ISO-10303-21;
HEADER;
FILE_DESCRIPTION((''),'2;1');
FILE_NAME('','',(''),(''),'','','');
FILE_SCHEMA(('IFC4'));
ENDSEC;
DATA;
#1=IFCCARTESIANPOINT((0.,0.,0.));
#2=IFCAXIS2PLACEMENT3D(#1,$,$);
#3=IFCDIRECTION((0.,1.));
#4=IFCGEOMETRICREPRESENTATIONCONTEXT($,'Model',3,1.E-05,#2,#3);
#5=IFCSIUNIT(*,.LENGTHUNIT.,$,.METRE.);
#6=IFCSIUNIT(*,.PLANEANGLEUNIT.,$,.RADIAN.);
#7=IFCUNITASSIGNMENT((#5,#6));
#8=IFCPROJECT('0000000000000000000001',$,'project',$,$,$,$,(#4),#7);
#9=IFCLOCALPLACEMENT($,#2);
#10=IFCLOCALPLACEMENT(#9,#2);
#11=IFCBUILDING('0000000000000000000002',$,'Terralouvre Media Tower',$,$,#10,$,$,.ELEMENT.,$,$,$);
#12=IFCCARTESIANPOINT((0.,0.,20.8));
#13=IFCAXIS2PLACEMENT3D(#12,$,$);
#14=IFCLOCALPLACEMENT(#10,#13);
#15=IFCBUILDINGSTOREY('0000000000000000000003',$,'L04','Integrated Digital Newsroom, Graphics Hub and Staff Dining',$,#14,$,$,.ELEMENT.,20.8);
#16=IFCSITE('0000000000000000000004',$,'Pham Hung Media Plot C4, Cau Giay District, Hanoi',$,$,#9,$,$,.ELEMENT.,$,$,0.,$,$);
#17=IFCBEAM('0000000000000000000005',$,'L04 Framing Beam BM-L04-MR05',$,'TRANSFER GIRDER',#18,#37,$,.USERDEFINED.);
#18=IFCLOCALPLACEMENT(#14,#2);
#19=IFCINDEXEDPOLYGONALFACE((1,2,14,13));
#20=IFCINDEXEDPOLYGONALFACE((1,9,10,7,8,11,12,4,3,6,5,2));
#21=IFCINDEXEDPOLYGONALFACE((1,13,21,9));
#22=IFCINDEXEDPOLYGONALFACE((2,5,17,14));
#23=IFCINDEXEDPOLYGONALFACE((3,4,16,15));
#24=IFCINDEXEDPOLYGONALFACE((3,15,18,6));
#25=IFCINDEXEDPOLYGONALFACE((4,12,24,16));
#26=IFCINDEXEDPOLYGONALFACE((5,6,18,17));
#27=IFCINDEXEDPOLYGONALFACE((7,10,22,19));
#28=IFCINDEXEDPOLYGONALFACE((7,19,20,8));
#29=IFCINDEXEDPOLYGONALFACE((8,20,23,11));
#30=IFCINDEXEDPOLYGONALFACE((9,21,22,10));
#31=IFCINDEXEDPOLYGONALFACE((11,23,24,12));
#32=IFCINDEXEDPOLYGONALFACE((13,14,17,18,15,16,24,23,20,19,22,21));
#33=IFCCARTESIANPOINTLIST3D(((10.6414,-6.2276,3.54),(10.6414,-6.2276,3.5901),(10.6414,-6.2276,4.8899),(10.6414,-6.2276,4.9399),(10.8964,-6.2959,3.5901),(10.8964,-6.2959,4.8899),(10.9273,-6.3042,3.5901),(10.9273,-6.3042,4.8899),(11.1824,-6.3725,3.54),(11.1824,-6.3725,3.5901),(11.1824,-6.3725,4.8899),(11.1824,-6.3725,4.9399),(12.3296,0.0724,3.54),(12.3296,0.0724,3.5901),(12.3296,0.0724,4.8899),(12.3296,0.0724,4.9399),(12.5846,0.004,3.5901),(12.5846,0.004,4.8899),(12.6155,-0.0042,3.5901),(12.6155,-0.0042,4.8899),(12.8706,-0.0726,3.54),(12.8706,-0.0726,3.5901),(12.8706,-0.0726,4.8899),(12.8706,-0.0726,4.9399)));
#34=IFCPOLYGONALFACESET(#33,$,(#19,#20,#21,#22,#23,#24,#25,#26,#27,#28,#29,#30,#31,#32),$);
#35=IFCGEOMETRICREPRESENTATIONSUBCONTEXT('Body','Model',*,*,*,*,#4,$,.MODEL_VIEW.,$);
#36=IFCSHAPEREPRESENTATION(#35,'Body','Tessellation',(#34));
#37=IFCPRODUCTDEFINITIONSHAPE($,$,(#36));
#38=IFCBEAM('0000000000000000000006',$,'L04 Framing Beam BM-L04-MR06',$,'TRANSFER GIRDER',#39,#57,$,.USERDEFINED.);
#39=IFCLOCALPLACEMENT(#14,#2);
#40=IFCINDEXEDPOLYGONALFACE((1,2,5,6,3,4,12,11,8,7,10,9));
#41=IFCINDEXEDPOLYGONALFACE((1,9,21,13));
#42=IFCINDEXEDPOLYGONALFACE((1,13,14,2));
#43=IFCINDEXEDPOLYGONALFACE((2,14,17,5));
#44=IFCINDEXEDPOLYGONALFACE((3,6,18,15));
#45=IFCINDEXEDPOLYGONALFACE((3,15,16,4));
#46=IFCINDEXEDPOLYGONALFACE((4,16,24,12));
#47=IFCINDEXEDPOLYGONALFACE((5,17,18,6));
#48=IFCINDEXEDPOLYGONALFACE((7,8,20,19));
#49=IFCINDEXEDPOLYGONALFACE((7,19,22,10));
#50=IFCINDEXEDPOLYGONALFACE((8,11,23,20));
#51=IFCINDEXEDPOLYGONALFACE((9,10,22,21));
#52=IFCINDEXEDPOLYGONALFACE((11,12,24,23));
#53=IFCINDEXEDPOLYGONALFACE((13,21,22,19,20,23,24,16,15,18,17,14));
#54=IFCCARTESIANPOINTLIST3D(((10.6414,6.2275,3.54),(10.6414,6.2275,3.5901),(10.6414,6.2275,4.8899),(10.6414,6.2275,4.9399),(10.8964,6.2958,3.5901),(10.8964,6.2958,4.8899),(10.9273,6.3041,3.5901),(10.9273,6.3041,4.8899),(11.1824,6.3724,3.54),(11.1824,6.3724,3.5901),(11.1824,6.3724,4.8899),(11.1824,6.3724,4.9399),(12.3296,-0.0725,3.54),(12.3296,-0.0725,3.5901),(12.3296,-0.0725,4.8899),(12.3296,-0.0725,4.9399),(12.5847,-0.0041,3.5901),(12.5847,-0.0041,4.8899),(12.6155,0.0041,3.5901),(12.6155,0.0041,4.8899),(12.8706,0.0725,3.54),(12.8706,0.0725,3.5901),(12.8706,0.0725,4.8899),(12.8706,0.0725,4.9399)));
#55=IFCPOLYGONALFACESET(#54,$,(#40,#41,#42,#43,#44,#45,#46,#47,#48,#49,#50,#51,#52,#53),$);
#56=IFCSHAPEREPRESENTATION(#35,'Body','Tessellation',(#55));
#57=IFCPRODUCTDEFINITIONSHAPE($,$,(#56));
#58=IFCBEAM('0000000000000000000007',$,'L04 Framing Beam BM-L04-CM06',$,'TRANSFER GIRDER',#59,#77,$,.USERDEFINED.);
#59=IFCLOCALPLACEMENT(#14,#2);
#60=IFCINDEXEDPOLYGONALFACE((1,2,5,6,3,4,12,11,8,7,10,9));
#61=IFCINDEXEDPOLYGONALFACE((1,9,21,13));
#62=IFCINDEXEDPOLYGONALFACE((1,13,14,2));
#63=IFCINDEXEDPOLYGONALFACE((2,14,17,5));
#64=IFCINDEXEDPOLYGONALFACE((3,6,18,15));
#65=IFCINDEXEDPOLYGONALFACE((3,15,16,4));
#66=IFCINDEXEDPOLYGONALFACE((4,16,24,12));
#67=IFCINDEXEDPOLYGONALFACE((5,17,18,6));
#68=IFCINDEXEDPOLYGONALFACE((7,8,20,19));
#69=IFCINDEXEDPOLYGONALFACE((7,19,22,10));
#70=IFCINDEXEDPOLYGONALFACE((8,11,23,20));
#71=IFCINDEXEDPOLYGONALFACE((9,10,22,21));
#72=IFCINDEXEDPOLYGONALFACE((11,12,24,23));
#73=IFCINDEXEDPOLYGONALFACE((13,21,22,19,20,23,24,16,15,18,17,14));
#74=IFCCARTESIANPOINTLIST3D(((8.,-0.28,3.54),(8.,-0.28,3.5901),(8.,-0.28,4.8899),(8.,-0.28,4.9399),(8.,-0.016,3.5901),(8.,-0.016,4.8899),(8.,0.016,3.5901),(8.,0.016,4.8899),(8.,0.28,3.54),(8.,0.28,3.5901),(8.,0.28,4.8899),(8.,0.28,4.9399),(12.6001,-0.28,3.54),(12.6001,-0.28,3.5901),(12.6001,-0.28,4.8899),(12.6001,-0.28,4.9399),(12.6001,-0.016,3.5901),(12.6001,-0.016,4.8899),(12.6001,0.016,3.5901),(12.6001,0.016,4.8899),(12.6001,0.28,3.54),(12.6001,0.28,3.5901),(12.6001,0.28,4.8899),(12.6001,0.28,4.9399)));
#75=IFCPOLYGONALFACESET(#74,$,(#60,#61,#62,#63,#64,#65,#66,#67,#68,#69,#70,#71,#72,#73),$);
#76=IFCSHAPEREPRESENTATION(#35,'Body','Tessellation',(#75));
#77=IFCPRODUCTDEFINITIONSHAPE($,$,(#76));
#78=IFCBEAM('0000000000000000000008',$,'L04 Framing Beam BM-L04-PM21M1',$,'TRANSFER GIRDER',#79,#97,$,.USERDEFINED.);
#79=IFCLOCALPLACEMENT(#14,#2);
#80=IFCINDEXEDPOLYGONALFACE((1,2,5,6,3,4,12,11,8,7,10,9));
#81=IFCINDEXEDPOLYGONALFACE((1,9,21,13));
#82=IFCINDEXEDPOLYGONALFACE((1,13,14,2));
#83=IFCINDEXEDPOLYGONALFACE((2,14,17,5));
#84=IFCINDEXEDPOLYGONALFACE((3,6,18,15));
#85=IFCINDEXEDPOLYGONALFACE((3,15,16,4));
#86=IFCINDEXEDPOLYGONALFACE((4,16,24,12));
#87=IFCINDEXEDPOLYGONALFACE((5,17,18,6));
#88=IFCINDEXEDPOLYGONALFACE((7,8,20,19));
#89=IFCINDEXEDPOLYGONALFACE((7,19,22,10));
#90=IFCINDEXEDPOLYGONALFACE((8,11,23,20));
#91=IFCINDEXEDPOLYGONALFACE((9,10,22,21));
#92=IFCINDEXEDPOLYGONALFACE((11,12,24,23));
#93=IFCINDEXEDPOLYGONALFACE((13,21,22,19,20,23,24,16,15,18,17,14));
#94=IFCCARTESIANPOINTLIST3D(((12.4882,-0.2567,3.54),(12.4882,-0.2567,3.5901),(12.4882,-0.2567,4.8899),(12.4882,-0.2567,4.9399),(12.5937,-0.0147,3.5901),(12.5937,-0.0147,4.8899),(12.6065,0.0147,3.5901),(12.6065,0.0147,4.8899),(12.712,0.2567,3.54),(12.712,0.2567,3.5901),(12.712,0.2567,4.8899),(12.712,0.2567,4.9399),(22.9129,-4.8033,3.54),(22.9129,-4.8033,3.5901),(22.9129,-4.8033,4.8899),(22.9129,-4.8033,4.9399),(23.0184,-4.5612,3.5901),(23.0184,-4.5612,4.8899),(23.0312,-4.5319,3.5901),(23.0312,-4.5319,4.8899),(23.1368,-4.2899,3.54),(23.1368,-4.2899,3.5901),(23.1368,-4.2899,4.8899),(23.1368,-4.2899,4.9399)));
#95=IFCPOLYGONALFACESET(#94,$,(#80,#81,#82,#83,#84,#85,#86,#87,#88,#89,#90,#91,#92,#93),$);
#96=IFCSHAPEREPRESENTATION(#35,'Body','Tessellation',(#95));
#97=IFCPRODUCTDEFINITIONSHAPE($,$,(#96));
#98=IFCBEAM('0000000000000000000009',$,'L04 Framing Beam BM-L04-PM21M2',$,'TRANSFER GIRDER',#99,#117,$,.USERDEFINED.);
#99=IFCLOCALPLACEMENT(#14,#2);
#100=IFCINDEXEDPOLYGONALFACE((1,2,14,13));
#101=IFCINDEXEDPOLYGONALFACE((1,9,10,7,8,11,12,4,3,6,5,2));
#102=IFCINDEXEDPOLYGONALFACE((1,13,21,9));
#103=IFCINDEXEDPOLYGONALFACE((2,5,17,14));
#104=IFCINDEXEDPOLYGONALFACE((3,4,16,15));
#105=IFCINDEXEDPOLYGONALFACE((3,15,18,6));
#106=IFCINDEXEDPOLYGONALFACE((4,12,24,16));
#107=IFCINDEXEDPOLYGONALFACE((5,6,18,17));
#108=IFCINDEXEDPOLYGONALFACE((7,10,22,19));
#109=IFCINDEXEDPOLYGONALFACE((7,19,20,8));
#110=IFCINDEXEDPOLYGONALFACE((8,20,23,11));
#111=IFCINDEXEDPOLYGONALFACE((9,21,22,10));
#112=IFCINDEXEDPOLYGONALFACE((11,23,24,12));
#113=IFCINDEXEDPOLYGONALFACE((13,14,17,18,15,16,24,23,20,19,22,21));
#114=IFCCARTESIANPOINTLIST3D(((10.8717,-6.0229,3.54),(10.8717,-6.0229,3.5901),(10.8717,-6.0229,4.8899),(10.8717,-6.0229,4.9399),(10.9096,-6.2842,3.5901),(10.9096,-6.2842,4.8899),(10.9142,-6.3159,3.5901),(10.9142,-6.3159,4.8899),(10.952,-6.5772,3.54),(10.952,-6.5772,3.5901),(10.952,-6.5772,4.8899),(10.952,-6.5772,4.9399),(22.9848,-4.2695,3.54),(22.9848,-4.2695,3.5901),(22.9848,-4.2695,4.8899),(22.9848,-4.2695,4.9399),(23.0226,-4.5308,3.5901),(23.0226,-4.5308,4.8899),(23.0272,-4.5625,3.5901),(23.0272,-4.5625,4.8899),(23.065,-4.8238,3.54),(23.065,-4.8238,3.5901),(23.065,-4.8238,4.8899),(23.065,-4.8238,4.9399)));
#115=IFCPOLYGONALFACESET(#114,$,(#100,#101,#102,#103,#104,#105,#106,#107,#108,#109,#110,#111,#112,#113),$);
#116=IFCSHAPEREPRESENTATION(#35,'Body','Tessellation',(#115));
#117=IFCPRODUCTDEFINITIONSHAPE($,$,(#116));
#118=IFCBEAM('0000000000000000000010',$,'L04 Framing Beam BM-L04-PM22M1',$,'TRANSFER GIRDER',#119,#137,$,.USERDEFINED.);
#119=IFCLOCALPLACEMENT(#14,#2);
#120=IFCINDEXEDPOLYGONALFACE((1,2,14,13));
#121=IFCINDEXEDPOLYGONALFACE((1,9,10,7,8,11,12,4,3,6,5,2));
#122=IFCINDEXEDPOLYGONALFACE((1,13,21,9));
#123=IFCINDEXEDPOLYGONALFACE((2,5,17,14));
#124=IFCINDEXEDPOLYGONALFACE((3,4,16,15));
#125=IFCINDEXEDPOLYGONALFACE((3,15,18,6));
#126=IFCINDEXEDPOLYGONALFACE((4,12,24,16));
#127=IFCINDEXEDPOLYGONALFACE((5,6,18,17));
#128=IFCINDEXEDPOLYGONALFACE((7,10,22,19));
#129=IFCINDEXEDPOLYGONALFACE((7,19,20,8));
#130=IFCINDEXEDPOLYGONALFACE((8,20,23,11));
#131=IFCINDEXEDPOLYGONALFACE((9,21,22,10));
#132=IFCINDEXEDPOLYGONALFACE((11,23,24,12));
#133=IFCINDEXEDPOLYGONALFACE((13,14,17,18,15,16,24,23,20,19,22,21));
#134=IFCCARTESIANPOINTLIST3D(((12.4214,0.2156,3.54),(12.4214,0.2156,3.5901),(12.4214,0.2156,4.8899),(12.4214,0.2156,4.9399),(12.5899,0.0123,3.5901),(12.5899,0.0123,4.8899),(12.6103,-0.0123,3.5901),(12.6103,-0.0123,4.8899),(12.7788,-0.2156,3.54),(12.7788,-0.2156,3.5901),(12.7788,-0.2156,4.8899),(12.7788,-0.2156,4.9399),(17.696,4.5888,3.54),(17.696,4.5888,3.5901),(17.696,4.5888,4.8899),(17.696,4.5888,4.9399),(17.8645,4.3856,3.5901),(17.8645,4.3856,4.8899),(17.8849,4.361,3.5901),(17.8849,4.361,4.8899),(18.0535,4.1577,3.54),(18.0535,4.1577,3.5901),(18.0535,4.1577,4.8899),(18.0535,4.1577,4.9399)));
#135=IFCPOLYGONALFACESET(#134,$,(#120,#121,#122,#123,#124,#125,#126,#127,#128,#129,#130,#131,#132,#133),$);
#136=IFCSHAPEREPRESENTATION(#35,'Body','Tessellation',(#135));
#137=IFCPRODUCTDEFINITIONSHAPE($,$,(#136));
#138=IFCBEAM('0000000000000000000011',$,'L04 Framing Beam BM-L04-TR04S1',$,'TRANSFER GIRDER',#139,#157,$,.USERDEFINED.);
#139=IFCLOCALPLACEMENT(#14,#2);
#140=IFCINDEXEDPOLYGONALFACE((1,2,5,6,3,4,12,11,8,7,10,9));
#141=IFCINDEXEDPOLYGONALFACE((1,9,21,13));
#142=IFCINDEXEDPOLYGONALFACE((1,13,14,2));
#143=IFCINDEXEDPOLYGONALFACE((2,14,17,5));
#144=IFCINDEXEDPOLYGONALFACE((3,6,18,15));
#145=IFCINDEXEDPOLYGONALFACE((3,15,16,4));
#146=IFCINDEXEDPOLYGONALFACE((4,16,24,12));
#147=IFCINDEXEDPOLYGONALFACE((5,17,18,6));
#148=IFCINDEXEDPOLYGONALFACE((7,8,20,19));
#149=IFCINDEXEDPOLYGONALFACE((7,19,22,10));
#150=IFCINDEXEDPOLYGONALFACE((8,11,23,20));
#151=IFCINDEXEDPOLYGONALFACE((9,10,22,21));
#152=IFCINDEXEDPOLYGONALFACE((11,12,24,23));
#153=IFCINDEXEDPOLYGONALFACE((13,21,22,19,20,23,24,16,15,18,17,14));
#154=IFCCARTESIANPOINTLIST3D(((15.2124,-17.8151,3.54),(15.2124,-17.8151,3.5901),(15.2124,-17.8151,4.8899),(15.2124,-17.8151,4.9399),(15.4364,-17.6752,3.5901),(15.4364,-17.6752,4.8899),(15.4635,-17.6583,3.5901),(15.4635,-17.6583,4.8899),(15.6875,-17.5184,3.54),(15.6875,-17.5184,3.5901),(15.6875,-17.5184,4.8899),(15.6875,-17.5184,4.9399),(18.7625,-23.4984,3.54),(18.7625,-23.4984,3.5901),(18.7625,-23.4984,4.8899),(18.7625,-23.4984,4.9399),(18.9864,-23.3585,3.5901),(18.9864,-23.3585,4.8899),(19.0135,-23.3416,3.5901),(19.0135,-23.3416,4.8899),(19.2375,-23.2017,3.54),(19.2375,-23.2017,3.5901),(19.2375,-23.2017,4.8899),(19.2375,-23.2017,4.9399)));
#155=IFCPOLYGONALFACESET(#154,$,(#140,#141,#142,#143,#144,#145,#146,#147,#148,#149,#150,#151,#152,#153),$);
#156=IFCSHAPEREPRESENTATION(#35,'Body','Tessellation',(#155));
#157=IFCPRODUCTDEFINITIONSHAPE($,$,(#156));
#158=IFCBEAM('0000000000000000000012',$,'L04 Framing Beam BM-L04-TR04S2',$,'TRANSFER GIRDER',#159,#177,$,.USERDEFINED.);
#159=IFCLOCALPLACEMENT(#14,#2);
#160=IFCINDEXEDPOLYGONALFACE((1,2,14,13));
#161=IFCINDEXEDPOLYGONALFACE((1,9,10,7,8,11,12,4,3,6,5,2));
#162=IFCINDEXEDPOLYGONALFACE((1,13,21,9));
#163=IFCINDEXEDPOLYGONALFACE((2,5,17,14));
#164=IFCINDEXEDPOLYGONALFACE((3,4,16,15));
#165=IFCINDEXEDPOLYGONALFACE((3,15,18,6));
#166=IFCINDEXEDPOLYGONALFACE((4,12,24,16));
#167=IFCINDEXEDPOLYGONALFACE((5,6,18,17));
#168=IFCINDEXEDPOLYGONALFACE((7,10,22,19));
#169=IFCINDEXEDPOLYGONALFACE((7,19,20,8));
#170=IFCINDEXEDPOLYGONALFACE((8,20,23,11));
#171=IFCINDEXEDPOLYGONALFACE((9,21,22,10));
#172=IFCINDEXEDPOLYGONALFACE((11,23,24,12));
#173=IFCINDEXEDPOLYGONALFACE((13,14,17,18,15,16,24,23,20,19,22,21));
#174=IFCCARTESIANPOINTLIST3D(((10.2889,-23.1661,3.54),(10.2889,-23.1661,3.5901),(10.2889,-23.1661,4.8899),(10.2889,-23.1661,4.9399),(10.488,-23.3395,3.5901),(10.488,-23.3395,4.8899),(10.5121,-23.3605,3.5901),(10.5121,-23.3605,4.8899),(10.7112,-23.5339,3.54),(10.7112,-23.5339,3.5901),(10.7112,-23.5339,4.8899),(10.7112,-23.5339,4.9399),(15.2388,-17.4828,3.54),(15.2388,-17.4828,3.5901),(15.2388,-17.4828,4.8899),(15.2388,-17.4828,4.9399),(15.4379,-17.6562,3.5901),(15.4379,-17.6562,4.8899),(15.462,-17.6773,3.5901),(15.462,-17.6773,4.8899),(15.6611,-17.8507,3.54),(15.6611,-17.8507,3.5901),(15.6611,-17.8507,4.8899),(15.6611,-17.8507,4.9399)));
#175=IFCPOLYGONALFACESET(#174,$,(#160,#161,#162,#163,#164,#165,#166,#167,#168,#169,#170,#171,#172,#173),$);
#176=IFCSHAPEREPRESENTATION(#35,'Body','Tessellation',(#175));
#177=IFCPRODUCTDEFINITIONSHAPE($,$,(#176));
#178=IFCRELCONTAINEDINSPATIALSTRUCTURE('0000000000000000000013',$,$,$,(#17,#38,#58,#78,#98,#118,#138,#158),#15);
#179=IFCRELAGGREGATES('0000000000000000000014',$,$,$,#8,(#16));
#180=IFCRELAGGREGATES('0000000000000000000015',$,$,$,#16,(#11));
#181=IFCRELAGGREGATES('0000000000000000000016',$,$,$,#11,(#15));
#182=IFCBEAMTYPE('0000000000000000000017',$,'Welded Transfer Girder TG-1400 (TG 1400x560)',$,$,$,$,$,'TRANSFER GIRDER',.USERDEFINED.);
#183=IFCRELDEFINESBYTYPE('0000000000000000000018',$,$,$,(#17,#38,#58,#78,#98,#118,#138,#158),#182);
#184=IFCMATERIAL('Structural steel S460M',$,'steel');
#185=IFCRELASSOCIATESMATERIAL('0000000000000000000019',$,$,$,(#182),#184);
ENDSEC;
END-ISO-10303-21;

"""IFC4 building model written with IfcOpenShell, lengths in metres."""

from ifc_helpers import new_model, si_unit, direction, frame, origin, origin_2d, place, context, subcontext, project, spatial, i_section, extrude, material, material_profile, profile_set, type_object, element, save


model = new_model("IFC4")

# Units and contexts
model_context = context("Model", 3, precision=1e-05, world=origin(), true_north=direction((0.0, 1.0)))
body_context = subcontext(model_context, "Body", "Model", "MODEL_VIEW")
ifc_project = project(units=[si_unit("LENGTHUNIT", "METRE"), si_unit("PLANEANGLEUNIT", "RADIAN")], contexts=[model_context])

# Site, building, storey
site_placement = place(None, origin())
site = spatial("IfcSite", under=ifc_project, at=site_placement, Name="Pham Hung Media Plot C4, Cau Giay District, Hanoi", CompositionType="ELEMENT", RefElevation=0.0)
building_placement = place(site_placement, origin())
building = spatial("IfcBuilding", under=site, at=building_placement, Name="Terralouvre Media Tower", CompositionType="ELEMENT")
storey_placement = place(building_placement, frame((0.0, 0.0, 20.8)))
storey = spatial("IfcBuildingStorey", under=building, at=storey_placement, Name="L04", Description="Integrated Digital Newsroom, Graphics Hub and Staff Dining", CompositionType="ELEMENT", Elevation=20.8)

# Beams
ifc_material_1 = material(Name="Structural steel S460M", Category="steel")
ifc_material_profile_1 = material_profile(ifc_material_1, i_section(OverallWidth=0.5601, OverallDepth=1.3999, WebThickness=0.032, FlangeThickness=0.05, at=origin_2d()), Name="TG 1400x560")
ifc_profile_set_1 = profile_set([ifc_material_profile_1], Name="Structural steel S460M")
beam_type_1 = type_object("IfcBeamType", Name="Welded Transfer Girder TG-1400 (TG 1400x560)", ElementType="TRANSFER GIRDER", PredefinedType="USERDEFINED", material=ifc_profile_set_1)
for number, where, z_axis, x_axis, name in (
    (1, (10.9119, -6.3, 4.24), (0.258839, 0.96592, 0.0), (-0.96592, 0.258839, 0.0), "L04 Framing Beam BM-L04-MR05"),
    (2, (12.6001, 0.0, 4.24), (-0.258839, 0.96592, 0.0), (-0.96592, -0.258839, 0.0), "L04 Framing Beam BM-L04-MR06"),
):
    element("IfcBeam", number, at=place(storey_placement, frame(where, z_axis=z_axis, x_axis=x_axis)), inside=storey, type_object=beam_type_1, Name=name, ObjectType="TRANSFER GIRDER", PredefinedType="USERDEFINED", context=body_context, shape_type="SweptSolid", body=[
        extrude(i_section(OverallWidth=0.5601, OverallDepth=1.3999, WebThickness=0.032, FlangeThickness=0.05, at=origin_2d()), origin(), (0.0, 0.0, 1.0), 6.5222),
    ])
beam_1_placement = place(storey_placement, frame((8.0, 0.0, 4.24), z_axis=(1.0, 0.0, 0.0), x_axis=(0.0, 1.0, 0.0)))
element("IfcBeam", 3, at=beam_1_placement, inside=storey, type_object=beam_type_1, Name="L04 Framing Beam BM-L04-CM06", ObjectType="TRANSFER GIRDER", PredefinedType="USERDEFINED", context=body_context, shape_type="SweptSolid", body=[
    extrude(i_section(OverallWidth=0.5601, OverallDepth=1.3999, WebThickness=0.032, FlangeThickness=0.05, at=origin_2d()), origin(), (0.0, 0.0, 1.0), 4.6001),
])
beam_2_placement = place(storey_placement, frame((12.6001, 0.0, 4.24), z_axis=(0.916616, -0.399769, 0.0), x_axis=(0.399769, 0.916616, 0.0)))
element("IfcBeam", 4, at=beam_2_placement, inside=storey, type_object=beam_type_1, Name="L04 Framing Beam BM-L04-PM21M1", ObjectType="TRANSFER GIRDER", PredefinedType="USERDEFINED", context=body_context, shape_type="SweptSolid", body=[
    extrude(i_section(OverallWidth=0.5601, OverallDepth=1.3999, WebThickness=0.032, FlangeThickness=0.05, at=origin_2d()), origin(), (0.0, 0.0, 1.0), 11.373),
])
beam_3_placement = place(storey_placement, frame((10.9119, -6.3, 4.24), z_axis=(0.989685, 0.143261, 0.0), x_axis=(-0.143261, 0.989685, 0.0)))
element("IfcBeam", 5, at=beam_3_placement, inside=storey, type_object=beam_type_1, Name="L04 Framing Beam BM-L04-PM21M2", ObjectType="TRANSFER GIRDER", PredefinedType="USERDEFINED", context=body_context, shape_type="SweptSolid", body=[
    extrude(i_section(OverallWidth=0.5601, OverallDepth=1.3999, WebThickness=0.032, FlangeThickness=0.05, at=origin_2d()), origin(), (0.0, 0.0, 1.0), 12.2393),
])
beam_4_placement = place(storey_placement, frame((12.6001, 0.0, 4.24), z_axis=(0.769816, 0.638265, 0.0), x_axis=(-0.638265, 0.769816, 0.0)))
element("IfcBeam", 6, at=beam_4_placement, inside=storey, type_object=beam_type_1, Name="L04 Framing Beam BM-L04-PM22M1", ObjectType="TRANSFER GIRDER", PredefinedType="USERDEFINED", context=body_context, shape_type="SweptSolid", body=[
    extrude(i_section(OverallWidth=0.5601, OverallDepth=1.3999, WebThickness=0.032, FlangeThickness=0.05, at=origin_2d()), origin(), (0.0, 0.0, 1.0), 6.8518),
])
beam_5_placement = place(storey_placement, frame((15.45, -17.6667, 4.24), z_axis=(0.52978, -0.848135, 0.0), x_axis=(0.848135, 0.52978, 0.0)))
element("IfcBeam", 7, at=beam_5_placement, inside=storey, type_object=beam_type_1, Name="L04 Framing Beam BM-L04-TR04S1", ObjectType="TRANSFER GIRDER", PredefinedType="USERDEFINED", context=body_context, shape_type="SweptSolid", body=[
    extrude(i_section(OverallWidth=0.5601, OverallDepth=1.3999, WebThickness=0.032, FlangeThickness=0.05, at=origin_2d()), origin(), (0.0, 0.0, 1.0), 6.7009),
])
beam_6_placement = place(storey_placement, frame((15.45, -17.6667, 4.24), z_axis=(-0.656776, -0.754086, 0.0), x_axis=(0.754086, -0.656776, 0.0)))
element("IfcBeam", 8, at=beam_6_placement, inside=storey, type_object=beam_type_1, Name="L04 Framing Beam BM-L04-TR04S2", ObjectType="TRANSFER GIRDER", PredefinedType="USERDEFINED", context=body_context, shape_type="SweptSolid", body=[
    extrude(i_section(OverallWidth=0.5601, OverallDepth=1.3999, WebThickness=0.032, FlangeThickness=0.05, at=origin_2d()), origin(), (0.0, 0.0, 1.0), 7.5366),
])

save(model, "model.ifc")
